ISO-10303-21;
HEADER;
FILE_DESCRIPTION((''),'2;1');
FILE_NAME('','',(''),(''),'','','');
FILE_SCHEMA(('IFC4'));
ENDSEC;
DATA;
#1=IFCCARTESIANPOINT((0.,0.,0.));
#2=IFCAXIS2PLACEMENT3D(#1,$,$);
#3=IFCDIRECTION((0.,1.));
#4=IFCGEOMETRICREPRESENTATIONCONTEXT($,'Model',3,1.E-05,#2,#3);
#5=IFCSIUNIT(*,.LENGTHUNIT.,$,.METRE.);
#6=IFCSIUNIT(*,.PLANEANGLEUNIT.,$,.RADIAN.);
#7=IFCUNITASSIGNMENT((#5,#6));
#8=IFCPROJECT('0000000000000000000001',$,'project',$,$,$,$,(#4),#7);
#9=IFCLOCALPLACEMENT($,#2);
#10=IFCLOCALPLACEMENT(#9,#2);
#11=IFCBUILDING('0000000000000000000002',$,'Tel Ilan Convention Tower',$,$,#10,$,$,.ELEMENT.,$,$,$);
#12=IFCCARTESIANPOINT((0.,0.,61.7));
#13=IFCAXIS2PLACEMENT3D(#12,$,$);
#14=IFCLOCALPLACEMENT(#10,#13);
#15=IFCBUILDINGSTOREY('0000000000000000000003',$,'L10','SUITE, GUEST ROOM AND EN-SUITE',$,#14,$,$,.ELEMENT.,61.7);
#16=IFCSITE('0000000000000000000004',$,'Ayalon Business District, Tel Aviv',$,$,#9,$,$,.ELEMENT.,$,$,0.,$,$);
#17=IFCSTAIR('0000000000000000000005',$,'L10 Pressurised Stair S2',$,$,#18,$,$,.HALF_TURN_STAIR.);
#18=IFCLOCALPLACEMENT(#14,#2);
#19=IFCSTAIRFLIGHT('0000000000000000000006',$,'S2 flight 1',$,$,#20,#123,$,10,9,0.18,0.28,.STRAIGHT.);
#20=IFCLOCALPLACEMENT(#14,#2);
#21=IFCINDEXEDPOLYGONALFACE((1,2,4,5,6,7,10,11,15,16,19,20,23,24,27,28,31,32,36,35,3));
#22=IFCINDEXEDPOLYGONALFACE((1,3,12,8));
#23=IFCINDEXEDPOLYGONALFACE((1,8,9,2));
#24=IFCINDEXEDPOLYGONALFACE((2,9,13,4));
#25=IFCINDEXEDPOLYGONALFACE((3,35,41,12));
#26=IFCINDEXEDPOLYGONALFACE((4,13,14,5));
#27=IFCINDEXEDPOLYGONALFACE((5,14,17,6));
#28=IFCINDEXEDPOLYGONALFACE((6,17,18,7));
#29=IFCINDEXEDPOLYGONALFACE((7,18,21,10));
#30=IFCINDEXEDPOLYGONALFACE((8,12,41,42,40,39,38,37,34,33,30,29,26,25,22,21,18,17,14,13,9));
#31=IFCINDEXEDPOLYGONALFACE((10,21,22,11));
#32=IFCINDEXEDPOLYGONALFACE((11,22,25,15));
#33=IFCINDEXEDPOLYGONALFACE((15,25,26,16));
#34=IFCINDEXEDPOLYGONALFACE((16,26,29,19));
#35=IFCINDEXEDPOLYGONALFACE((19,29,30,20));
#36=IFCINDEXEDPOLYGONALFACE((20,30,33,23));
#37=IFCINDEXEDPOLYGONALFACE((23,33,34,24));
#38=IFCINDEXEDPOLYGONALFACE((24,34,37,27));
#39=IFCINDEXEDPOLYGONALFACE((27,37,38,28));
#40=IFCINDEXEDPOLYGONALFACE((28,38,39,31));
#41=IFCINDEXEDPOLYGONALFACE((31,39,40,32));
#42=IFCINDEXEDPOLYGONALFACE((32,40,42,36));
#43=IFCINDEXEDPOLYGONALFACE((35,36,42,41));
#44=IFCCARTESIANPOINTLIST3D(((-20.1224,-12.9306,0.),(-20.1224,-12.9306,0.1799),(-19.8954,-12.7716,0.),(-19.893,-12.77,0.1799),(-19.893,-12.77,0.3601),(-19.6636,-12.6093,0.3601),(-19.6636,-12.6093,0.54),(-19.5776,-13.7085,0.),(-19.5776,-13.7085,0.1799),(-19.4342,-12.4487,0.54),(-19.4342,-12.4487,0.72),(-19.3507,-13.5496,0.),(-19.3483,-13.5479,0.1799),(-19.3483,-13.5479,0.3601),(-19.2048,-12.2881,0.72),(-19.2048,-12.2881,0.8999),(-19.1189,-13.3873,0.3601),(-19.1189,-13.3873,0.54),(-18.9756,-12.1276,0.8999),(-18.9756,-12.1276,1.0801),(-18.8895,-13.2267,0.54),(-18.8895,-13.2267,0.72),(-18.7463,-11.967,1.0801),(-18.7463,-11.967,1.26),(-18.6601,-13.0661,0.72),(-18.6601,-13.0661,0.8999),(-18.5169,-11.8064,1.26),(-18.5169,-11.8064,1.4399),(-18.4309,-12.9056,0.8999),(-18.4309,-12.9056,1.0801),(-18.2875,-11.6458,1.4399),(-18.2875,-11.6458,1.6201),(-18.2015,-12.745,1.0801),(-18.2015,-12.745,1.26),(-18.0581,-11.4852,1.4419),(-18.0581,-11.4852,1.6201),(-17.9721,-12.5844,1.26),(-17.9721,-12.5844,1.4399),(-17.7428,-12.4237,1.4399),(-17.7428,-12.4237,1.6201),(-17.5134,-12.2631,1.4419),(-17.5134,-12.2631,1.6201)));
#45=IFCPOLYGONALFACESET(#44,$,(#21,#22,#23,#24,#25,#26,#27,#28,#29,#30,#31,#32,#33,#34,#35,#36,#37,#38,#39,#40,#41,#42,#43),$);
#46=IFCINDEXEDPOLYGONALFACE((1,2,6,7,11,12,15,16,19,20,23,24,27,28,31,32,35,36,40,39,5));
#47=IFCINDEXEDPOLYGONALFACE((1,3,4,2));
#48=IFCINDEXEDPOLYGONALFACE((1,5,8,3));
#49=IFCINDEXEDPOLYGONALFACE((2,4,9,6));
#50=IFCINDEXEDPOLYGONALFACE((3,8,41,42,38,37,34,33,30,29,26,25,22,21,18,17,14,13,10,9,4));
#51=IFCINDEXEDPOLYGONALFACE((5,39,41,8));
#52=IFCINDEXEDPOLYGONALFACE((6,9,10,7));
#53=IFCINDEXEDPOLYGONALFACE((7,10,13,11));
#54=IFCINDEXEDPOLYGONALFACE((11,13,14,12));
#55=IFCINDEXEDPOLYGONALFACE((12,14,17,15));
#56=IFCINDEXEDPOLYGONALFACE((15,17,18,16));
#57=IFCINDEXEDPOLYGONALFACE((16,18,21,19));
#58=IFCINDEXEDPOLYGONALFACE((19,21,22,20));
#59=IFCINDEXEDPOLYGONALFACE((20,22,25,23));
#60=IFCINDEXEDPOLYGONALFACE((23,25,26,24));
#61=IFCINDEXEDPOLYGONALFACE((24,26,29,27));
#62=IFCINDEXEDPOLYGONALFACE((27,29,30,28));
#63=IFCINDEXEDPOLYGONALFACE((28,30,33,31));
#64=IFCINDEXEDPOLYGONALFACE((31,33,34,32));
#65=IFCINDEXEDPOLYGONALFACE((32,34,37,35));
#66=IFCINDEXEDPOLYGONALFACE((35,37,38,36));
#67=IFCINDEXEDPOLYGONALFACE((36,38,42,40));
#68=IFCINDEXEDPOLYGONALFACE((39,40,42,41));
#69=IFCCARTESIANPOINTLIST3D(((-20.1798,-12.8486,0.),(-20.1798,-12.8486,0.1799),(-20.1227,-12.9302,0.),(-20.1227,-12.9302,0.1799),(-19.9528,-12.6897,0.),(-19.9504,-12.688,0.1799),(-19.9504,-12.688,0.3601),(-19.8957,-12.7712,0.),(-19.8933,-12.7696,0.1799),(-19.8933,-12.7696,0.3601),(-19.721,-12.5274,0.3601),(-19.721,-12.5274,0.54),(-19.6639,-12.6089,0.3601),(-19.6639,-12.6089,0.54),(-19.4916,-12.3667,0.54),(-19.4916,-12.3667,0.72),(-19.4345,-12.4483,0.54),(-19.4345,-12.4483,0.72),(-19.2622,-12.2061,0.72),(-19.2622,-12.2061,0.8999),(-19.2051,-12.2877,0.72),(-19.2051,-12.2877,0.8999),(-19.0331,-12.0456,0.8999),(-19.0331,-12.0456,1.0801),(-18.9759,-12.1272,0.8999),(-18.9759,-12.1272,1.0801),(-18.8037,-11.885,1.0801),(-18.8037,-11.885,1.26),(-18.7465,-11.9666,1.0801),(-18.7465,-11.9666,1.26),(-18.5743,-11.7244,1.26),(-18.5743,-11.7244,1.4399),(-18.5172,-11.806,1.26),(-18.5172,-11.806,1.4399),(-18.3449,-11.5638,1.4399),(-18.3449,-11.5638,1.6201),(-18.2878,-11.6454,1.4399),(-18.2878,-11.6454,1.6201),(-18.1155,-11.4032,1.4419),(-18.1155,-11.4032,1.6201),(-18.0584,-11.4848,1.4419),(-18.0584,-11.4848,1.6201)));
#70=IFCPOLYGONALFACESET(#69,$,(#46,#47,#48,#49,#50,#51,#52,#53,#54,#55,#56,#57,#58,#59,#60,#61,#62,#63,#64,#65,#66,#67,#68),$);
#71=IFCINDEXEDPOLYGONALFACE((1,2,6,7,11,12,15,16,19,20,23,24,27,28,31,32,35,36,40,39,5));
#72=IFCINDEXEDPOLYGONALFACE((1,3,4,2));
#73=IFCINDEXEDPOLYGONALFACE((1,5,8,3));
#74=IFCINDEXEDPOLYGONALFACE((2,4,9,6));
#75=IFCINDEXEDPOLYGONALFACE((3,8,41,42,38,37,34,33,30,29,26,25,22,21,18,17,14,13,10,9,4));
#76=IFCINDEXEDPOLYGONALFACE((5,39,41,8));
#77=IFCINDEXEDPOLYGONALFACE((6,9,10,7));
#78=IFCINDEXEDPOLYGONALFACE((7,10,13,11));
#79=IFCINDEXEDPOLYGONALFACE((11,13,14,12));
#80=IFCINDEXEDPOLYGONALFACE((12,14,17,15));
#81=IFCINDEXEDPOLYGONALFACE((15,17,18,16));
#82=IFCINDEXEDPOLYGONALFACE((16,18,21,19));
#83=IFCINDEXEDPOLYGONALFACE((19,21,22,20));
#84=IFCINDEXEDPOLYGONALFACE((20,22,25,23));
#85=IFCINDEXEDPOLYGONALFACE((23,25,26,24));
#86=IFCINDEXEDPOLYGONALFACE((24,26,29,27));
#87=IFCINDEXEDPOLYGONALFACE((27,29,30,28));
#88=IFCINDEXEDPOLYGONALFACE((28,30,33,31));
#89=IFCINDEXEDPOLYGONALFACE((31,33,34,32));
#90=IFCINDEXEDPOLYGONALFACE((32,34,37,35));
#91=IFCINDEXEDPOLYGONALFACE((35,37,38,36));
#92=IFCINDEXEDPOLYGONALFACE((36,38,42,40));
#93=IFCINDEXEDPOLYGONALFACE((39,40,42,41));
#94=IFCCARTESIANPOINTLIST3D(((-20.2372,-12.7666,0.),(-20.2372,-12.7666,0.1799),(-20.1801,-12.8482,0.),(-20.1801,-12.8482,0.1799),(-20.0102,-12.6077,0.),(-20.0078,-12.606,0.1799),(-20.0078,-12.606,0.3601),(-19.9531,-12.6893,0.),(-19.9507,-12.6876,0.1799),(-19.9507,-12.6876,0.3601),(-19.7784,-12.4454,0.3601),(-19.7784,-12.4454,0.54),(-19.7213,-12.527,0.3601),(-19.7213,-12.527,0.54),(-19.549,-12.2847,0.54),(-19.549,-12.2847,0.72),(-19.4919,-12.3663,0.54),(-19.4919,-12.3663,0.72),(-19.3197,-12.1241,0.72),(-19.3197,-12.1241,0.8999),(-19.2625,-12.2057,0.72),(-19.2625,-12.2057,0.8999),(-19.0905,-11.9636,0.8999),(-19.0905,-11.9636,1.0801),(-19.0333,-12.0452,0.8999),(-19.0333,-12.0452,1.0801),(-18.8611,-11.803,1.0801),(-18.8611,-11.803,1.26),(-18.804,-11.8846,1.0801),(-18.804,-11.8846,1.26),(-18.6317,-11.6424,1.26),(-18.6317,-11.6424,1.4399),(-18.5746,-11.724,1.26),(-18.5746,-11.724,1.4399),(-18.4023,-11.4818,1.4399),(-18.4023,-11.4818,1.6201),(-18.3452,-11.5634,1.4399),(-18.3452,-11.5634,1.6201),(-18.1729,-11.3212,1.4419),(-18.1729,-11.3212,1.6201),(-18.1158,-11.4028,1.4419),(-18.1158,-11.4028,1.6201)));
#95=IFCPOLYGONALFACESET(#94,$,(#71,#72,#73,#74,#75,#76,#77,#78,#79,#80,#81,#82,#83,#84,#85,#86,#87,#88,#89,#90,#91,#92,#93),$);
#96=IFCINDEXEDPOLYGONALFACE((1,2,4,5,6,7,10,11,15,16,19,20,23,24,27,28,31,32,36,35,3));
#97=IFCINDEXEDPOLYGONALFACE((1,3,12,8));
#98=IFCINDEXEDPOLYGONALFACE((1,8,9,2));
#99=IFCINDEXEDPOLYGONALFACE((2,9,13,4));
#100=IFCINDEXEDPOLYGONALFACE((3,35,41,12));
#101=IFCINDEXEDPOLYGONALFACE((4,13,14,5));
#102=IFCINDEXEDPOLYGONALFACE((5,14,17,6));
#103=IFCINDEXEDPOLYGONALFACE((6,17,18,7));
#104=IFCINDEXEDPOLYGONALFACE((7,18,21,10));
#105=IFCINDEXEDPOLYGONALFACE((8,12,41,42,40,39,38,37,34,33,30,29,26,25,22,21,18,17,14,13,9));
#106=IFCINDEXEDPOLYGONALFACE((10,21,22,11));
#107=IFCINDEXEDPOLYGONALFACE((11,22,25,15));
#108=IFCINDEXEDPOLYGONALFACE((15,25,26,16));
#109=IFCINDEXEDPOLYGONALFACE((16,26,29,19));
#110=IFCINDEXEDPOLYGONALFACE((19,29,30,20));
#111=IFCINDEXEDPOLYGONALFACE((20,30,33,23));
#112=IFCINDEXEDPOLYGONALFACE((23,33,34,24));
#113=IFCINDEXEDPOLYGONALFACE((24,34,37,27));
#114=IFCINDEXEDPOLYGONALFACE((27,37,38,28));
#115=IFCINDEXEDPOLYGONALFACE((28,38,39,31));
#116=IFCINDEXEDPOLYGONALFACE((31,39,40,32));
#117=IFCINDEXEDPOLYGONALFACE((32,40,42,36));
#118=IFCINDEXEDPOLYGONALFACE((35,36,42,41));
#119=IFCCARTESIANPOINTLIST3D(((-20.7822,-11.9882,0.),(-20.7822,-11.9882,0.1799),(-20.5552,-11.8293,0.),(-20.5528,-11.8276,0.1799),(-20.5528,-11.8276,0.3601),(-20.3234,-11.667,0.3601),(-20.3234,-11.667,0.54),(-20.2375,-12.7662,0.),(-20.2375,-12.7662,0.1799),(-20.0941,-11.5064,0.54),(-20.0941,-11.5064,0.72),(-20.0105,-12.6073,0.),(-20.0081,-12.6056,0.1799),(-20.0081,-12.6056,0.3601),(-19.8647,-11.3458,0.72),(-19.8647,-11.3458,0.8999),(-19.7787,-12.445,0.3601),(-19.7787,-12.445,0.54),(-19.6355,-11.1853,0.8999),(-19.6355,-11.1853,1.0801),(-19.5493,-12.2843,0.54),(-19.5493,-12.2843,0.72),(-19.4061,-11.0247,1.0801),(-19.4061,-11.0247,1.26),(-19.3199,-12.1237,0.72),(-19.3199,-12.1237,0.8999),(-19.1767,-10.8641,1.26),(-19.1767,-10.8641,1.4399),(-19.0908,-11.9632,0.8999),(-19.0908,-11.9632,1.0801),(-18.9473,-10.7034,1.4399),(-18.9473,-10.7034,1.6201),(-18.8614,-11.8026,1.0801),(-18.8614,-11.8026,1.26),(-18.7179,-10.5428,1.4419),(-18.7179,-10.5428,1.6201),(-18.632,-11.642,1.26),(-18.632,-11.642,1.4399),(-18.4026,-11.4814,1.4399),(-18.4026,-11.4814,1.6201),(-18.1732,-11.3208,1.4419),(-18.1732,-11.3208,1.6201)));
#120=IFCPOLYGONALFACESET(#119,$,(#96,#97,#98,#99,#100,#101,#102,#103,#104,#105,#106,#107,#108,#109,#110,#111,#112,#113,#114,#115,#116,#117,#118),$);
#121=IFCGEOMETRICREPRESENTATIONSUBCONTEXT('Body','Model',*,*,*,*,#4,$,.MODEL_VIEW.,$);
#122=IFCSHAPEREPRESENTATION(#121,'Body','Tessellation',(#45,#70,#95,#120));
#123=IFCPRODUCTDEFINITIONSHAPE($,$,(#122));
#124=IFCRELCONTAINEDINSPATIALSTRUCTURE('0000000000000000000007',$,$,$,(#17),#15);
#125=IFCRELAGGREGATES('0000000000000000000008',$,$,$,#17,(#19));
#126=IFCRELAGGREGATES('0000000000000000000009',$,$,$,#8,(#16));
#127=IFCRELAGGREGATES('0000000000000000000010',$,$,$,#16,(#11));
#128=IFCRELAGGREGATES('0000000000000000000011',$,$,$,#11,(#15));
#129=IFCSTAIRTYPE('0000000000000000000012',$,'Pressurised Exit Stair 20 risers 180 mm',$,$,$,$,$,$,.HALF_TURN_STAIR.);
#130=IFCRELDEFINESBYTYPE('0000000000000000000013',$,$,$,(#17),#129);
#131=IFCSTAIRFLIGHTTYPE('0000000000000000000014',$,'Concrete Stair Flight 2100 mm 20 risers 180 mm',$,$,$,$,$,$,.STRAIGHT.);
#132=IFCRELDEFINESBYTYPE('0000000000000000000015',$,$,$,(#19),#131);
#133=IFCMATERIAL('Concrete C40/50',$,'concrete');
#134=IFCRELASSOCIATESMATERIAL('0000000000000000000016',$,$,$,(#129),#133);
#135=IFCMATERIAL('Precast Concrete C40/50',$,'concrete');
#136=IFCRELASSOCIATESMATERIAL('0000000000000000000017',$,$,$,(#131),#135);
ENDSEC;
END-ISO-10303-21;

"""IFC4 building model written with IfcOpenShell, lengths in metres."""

from ifc_helpers import new_model, si_unit, direction, frame, origin, place, context, subcontext, project, spatial, polyline, outline, extrude, material, type_object, element, aggregate, save


model = new_model("IFC4")

# Units and contexts
model_context = context("Model", 3, precision=1e-05, world=origin(), true_north=direction((0.0, 1.0)))
body_context = subcontext(model_context, "Body", "Model", "MODEL_VIEW")
ifc_project = project(units=[si_unit("LENGTHUNIT", "METRE"), si_unit("PLANEANGLEUNIT", "RADIAN")], contexts=[model_context])

# Site, building, storey
site_placement = place(None, origin())
site = spatial("IfcSite", under=ifc_project, at=site_placement, Name="Ayalon Business District, Tel Aviv", CompositionType="ELEMENT", RefElevation=0.0)
building_placement = place(site_placement, origin())
building = spatial("IfcBuilding", under=site, at=building_placement, Name="Tel Ilan Convention Tower", CompositionType="ELEMENT")
storey_placement = place(building_placement, frame((0.0, 0.0, 61.7)))
storey = spatial("IfcBuildingStorey", under=building, at=storey_placement, Name="L10", Description="SUITE, GUEST ROOM AND EN-SUITE", CompositionType="ELEMENT", Elevation=61.7)

# Shared definitions
ifc_material_1 = material(Name="Concrete C40/50", Category="concrete")
stair_type = type_object("IfcStairType", Name="Pressurised Exit Stair 20 risers 180 mm", PredefinedType="HALF_TURN_STAIR", material=ifc_material_1)
ifc_material_2 = material(Name="Precast Concrete C40/50", Category="concrete")
stair_flight_type = type_object("IfcStairFlightType", Name="Concrete Stair Flight 2100 mm 20 risers 180 mm", PredefinedType="STRAIGHT", material=ifc_material_2)

# Stair, stair flight
stair_1_placement = place(storey_placement, origin())
stair_1 = element("IfcStair", 1, at=stair_1_placement, inside=storey, type_object=stair_type, Name="L10 Pressurised Stair S2", PredefinedType="HALF_TURN_STAIR")
stair_flight_1_placement = place(storey_placement, frame((-20.1799, -12.8484, 0.0), z_axis=(0.0, 0.0, 1.0), x_axis=(0.819152, 0.573576, 0.0)))
stair_flight_1 = element("IfcStairFlight", 2, at=stair_flight_1_placement, type_object=stair_flight_type, Name="S2 flight 1", NumberOfRisers=10, NumberOfTreads=9, PredefinedType="STRAIGHT", RiserHeight=0.18, TreadLength=0.28, context=body_context, shape_type="SweptSolid", body=[
    extrude(outline(polyline([(0.0, 0.0), (0.0, 0.1799), (0.28, 0.1799), (0.28, 0.3601), (0.5601, 0.3601), (0.5601, 0.54), (0.8401, 0.54), (0.8401, 0.72), (1.1201, 0.72), (1.1201, 0.8999), (1.3999, 0.8999), (1.3999, 1.0801), (1.6799, 1.0801), (1.6799, 1.26), (1.96, 1.26), (1.96, 1.4399), (2.24, 1.4399), (2.24, 1.6201), (2.52, 1.6201), (2.52, 1.8), (2.52, 1.4419), (0.2771, 0.0), (0.0, 0.0)])), frame((0.0, -0.1003, 0.0), z_axis=(0.0, -1.0, 0.0), x_axis=(1.0, 0.0, 0.0)), (0.0, 0.0, 1.0), 0.9497),
    extrude(outline(polyline([(0.0, 0.0), (0.0, 0.1799), (0.28, 0.1799), (0.28, 0.3601), (0.5601, 0.3601), (0.5601, 0.54), (0.8401, 0.54), (0.8401, 0.72), (1.1201, 0.72), (1.1201, 0.8999), (1.3999, 0.8999), (1.3999, 1.0801), (1.6799, 1.0801), (1.6799, 1.26), (1.96, 1.26), (1.96, 1.4399), (2.24, 1.4399), (2.24, 1.6201), (2.52, 1.6201), (2.52, 1.8), (2.52, 1.4419), (0.2771, 0.0), (0.0, 0.0)])), frame((0.0, -0.0002, 0.0), z_axis=(0.0, -1.0, 0.0), x_axis=(1.0, 0.0, 0.0)), (0.0, 0.0, 1.0), 0.0996),
    extrude(outline(polyline([(0.0, 0.0), (0.0, 0.1799), (0.28, 0.1799), (0.28, 0.3601), (0.5601, 0.3601), (0.5601, 0.54), (0.8401, 0.54), (0.8401, 0.72), (1.1201, 0.72), (1.1201, 0.8999), (1.3999, 0.8999), (1.3999, 1.0801), (1.6799, 1.0801), (1.6799, 1.26), (1.96, 1.26), (1.96, 1.4399), (2.24, 1.4399), (2.24, 1.6201), (2.52, 1.6201), (2.52, 1.8), (2.52, 1.4419), (0.2771, 0.0), (0.0, 0.0)])), frame((0.0, 0.0999, 0.0), z_axis=(0.0, -1.0, 0.0), x_axis=(1.0, 0.0, 0.0)), (0.0, 0.0, 1.0), 0.0996),
    extrude(outline(polyline([(0.0, 0.0), (0.0, 0.1799), (0.28, 0.1799), (0.28, 0.3601), (0.5601, 0.3601), (0.5601, 0.54), (0.8401, 0.54), (0.8401, 0.72), (1.1201, 0.72), (1.1201, 0.8999), (1.3999, 0.8999), (1.3999, 1.0801), (1.6799, 1.0801), (1.6799, 1.26), (1.96, 1.26), (1.96, 1.4399), (2.24, 1.4399), (2.24, 1.6201), (2.52, 1.6201), (2.52, 1.8), (2.52, 1.4419), (0.2771, 0.0), (0.0, 0.0)])), frame((0.0, 1.05, 0.0), z_axis=(0.0, -1.0, 0.0), x_axis=(1.0, 0.0, 0.0)), (0.0, 0.0, 1.0), 0.9497),
])
aggregate(stair_1, [stair_flight_1])

save(model, "model.ifc")
